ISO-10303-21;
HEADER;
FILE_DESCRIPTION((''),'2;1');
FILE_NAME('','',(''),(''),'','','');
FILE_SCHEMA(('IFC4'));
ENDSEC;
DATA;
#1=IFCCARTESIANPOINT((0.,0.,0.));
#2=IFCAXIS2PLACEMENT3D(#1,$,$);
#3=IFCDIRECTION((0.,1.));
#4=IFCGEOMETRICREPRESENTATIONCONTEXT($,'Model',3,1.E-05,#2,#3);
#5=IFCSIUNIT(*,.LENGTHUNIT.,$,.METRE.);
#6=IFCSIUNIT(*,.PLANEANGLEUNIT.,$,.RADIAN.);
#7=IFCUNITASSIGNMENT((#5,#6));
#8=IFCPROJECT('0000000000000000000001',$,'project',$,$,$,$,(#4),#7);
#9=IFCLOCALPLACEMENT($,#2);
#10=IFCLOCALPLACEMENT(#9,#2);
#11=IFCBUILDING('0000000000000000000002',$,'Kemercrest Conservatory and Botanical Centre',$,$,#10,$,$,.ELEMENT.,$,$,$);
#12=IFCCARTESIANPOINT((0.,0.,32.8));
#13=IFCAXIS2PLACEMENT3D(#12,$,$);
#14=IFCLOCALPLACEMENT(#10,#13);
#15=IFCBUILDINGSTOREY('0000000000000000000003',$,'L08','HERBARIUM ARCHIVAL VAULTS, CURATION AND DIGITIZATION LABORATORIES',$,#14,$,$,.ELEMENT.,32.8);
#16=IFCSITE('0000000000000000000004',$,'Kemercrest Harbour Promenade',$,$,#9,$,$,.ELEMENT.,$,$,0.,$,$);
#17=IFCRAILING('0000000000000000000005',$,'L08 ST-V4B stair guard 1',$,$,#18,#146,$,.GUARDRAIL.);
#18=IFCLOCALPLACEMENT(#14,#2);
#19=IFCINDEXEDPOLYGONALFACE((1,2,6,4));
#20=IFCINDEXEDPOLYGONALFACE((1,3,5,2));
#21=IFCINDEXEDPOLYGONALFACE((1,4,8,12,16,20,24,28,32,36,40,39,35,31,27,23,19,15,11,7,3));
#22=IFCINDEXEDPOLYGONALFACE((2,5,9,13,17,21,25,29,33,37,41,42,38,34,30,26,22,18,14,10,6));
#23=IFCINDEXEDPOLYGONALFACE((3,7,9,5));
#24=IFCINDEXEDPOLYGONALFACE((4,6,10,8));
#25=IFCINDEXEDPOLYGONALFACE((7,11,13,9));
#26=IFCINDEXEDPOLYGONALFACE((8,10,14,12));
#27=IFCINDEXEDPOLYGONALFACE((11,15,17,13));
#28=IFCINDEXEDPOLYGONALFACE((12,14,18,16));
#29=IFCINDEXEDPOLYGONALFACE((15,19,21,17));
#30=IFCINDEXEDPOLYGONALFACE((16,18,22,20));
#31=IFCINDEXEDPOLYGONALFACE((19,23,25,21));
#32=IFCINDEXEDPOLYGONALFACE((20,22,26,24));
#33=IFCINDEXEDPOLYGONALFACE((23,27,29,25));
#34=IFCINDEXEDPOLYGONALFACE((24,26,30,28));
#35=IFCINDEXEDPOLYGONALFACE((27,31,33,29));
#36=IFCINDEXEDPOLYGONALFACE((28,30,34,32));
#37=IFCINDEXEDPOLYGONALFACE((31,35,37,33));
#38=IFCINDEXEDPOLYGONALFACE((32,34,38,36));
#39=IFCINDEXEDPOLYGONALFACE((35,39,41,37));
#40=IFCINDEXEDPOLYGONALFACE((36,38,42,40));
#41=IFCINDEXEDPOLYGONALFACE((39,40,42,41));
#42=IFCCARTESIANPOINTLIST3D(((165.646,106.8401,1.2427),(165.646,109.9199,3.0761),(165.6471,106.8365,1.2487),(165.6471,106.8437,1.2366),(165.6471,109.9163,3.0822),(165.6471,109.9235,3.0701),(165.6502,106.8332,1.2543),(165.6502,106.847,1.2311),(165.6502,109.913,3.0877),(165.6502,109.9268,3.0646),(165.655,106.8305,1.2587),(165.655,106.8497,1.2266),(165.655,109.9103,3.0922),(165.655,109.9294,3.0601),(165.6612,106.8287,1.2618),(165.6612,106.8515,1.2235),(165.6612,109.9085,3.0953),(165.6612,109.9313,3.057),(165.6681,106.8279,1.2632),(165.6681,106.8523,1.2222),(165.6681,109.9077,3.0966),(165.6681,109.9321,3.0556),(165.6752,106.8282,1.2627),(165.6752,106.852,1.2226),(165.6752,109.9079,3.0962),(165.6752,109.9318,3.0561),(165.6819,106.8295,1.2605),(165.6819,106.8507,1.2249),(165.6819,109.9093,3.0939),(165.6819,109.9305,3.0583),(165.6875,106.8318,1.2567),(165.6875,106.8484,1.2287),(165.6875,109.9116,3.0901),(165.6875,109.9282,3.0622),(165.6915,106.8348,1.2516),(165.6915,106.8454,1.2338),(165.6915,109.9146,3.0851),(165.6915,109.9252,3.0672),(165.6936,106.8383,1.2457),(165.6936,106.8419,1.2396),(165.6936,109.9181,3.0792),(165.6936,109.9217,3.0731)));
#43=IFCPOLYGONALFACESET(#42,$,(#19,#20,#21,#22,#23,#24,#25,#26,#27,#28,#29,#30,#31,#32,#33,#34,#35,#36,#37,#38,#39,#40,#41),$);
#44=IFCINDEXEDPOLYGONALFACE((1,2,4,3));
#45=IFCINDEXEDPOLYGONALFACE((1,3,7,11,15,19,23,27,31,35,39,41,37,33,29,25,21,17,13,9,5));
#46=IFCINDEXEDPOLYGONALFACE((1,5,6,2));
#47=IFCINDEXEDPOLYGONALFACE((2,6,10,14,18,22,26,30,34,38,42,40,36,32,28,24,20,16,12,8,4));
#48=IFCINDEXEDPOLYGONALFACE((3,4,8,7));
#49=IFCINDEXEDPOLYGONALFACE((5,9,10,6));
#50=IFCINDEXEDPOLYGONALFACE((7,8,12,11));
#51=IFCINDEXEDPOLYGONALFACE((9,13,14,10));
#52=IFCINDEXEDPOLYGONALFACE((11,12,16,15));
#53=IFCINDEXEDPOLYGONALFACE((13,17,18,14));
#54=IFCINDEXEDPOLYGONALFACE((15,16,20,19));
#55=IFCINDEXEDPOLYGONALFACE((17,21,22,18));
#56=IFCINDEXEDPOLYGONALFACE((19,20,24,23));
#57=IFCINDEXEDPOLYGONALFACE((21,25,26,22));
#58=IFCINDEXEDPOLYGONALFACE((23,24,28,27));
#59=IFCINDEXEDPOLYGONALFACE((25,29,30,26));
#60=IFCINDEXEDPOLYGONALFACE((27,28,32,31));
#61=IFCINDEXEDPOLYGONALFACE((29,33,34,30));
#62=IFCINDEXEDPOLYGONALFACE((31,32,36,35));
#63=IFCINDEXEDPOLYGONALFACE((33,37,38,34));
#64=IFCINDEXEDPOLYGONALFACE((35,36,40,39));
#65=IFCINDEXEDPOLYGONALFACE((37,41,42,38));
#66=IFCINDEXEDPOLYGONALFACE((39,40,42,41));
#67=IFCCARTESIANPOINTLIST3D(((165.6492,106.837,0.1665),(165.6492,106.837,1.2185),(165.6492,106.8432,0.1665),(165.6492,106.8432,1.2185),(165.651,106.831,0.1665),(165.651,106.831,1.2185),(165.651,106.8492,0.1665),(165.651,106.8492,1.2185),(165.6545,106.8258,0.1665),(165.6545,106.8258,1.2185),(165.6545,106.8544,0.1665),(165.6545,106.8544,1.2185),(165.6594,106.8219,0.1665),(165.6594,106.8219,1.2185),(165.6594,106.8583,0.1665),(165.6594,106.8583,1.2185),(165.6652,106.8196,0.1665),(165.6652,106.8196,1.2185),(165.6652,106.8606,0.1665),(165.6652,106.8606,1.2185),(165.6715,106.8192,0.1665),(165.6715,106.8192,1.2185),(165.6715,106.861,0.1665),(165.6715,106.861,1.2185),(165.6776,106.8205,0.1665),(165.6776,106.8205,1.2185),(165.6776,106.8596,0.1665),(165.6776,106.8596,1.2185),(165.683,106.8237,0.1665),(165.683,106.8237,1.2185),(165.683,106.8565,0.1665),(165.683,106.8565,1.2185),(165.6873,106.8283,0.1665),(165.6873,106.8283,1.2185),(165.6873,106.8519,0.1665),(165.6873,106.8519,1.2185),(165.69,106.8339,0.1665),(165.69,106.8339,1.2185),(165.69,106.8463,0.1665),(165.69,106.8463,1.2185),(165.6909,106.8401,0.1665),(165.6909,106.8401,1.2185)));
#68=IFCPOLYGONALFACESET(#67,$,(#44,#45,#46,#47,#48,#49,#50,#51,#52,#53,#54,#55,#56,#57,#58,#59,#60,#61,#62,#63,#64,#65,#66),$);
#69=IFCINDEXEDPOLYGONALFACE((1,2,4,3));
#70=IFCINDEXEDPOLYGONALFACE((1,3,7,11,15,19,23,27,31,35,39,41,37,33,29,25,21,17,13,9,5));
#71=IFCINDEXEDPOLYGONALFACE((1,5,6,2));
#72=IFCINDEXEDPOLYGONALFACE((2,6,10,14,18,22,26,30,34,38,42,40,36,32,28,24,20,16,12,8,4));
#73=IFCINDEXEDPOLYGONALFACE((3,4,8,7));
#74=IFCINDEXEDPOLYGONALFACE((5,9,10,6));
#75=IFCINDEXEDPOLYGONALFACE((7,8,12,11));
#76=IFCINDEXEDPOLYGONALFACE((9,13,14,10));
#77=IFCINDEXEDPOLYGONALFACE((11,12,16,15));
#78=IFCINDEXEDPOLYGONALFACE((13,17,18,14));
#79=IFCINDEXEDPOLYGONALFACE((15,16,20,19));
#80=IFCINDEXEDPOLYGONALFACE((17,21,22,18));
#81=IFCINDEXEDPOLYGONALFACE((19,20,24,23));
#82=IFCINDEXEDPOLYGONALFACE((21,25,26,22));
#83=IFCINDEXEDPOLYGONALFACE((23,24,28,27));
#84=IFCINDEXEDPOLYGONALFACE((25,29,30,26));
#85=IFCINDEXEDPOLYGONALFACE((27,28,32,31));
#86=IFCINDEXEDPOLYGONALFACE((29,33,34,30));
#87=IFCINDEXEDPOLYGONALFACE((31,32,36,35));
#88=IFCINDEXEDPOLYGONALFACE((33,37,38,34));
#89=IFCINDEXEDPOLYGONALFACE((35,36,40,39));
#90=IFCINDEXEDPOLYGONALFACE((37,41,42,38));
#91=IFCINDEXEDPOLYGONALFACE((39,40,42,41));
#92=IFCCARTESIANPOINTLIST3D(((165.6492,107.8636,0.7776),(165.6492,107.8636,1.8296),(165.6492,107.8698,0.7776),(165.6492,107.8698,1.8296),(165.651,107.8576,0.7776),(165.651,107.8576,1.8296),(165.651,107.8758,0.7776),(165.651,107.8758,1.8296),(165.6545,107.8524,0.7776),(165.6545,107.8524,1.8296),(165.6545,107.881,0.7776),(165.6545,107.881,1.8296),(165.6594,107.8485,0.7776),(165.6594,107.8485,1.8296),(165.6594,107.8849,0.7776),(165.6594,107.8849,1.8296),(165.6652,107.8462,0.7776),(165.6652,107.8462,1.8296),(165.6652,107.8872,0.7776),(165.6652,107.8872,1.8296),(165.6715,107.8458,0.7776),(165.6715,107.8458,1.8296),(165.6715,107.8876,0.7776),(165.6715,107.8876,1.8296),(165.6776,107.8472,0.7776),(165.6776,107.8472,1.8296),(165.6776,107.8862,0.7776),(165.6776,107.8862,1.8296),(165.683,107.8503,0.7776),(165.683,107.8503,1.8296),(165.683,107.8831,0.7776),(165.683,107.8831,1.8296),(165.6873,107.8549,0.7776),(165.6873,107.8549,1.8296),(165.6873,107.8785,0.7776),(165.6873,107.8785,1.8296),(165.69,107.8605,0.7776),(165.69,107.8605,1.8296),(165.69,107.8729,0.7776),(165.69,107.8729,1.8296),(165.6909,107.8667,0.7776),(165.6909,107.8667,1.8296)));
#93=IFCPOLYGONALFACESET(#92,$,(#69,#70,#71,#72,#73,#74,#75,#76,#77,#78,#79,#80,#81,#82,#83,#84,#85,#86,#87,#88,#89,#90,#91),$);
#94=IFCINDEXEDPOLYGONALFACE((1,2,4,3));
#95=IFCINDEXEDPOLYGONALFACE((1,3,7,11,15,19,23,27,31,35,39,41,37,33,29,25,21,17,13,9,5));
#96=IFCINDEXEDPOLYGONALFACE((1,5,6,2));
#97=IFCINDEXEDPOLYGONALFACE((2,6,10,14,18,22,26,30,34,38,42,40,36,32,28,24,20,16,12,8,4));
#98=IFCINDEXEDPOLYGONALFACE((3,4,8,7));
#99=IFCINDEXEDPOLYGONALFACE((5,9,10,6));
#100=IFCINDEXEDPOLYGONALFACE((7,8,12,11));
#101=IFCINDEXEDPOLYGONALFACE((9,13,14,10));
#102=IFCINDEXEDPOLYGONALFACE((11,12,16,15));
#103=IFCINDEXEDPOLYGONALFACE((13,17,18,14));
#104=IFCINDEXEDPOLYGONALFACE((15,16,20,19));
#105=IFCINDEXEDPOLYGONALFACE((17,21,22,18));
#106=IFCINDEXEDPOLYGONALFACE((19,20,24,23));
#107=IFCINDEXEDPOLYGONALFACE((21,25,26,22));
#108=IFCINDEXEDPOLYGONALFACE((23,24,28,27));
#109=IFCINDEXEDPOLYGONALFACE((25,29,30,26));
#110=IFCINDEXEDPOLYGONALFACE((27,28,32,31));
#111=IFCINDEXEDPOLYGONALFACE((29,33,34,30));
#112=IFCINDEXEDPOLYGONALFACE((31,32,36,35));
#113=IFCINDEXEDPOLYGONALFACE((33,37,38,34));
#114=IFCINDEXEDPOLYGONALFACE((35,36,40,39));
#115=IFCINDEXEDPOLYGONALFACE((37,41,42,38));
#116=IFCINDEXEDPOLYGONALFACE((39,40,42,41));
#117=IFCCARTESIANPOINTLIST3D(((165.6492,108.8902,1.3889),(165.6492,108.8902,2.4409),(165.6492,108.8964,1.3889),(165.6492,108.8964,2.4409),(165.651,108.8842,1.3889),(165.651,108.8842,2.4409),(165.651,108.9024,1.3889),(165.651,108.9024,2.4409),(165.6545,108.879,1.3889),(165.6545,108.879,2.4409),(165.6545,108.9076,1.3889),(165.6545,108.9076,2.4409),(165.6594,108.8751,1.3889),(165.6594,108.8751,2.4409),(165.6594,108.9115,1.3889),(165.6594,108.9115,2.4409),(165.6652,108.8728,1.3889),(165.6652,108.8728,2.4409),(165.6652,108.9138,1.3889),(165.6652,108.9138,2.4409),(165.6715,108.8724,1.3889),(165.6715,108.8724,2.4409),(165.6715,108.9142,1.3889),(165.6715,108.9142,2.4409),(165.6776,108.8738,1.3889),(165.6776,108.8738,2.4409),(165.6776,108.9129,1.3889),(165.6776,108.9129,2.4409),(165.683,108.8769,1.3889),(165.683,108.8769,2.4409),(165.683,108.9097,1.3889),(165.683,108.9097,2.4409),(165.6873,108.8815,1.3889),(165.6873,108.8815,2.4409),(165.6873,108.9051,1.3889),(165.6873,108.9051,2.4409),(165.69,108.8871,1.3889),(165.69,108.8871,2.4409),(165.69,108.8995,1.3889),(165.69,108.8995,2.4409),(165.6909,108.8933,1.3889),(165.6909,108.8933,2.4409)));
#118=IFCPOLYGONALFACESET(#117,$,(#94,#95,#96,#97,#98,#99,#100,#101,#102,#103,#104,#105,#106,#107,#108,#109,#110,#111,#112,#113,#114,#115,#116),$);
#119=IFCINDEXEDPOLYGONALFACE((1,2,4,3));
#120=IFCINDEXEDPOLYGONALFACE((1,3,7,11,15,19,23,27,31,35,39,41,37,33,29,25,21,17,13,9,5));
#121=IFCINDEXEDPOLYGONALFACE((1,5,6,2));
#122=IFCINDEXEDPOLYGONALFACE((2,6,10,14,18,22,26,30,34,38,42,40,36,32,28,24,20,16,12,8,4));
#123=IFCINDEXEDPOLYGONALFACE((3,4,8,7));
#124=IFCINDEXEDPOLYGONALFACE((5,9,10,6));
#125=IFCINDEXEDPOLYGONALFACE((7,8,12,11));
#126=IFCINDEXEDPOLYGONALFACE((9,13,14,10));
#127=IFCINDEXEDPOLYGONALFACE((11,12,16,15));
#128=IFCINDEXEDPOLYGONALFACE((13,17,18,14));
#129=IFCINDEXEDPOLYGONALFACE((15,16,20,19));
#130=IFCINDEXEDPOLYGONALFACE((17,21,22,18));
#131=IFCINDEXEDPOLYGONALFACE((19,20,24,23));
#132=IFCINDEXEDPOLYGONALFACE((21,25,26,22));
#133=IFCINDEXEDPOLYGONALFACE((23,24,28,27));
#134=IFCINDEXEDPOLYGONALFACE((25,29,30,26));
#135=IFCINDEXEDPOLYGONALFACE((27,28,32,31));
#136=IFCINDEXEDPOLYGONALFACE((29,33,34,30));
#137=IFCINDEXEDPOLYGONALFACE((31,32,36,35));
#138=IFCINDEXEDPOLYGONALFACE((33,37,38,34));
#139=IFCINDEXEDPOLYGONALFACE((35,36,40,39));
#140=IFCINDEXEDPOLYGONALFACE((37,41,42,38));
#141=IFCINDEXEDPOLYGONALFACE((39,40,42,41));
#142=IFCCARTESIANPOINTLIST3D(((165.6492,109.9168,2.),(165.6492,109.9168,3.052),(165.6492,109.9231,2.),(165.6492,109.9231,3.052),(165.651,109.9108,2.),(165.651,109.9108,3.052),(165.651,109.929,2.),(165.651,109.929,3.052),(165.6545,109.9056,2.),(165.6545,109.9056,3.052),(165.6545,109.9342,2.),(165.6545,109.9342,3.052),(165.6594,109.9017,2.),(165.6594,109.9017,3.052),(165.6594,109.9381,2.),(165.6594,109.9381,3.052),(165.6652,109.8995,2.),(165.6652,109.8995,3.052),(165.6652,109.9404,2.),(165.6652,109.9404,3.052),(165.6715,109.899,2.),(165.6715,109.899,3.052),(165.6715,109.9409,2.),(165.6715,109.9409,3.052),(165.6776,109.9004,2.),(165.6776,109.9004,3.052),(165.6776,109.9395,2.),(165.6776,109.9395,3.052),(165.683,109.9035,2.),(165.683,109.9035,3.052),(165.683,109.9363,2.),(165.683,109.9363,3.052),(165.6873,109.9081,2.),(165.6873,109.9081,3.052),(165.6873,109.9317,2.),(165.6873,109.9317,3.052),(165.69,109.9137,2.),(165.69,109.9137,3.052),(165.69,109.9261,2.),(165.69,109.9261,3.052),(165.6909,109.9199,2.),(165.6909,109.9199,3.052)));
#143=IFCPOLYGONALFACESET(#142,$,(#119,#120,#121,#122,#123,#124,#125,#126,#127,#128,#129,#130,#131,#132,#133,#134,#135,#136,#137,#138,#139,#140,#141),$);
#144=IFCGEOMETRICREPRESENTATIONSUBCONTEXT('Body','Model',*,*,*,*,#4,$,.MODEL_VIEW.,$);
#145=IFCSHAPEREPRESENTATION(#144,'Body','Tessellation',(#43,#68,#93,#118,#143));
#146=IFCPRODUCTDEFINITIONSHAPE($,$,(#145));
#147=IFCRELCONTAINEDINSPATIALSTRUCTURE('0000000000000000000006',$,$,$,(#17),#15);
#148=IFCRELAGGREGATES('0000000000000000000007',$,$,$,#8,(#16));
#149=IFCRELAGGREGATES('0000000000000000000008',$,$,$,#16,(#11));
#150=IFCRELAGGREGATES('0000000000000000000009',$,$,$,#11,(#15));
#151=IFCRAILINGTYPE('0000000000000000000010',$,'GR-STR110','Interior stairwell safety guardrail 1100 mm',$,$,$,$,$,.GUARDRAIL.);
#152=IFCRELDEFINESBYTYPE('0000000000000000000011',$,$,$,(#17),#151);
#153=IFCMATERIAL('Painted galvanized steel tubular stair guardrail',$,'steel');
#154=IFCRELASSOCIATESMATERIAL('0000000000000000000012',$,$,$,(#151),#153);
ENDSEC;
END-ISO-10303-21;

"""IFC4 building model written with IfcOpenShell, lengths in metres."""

from ifc_helpers import new_model, si_unit, direction, frame, origin, origin_2d, place, context, subcontext, project, spatial, circle, extrude, material, type_object, element, save


model = new_model("IFC4")

# Units and contexts
model_context = context("Model", 3, precision=1e-05, world=origin(), true_north=direction((0.0, 1.0)))
body_context = subcontext(model_context, "Body", "Model", "MODEL_VIEW")
ifc_project = project(units=[si_unit("LENGTHUNIT", "METRE"), si_unit("PLANEANGLEUNIT", "RADIAN")], contexts=[model_context])

# Site, building, storey
site_placement = place(None, origin())
site = spatial("IfcSite", under=ifc_project, at=site_placement, Name="Kemercrest Harbour Promenade", CompositionType="ELEMENT", RefElevation=0.0)
building_placement = place(site_placement, origin())
building = spatial("IfcBuilding", under=site, at=building_placement, Name="Kemercrest Conservatory and Botanical Centre", CompositionType="ELEMENT")
storey_placement = place(building_placement, frame((0.0, 0.0, 32.8)))
storey = spatial("IfcBuildingStorey", under=building, at=storey_placement, Name="L08", Description="HERBARIUM ARCHIVAL VAULTS, CURATION AND DIGITIZATION LABORATORIES", CompositionType="ELEMENT", Elevation=32.8)

# Railing
ifc_material_1 = material(Name="Painted galvanized steel tubular stair guardrail", Category="steel")
railing_type_1 = type_object("IfcRailingType", Name="GR-STR110", Description="Interior stairwell safety guardrail 1100 mm", PredefinedType="GUARDRAIL", material=ifc_material_1)
railing_1_placement = place(storey_placement, frame((165.6699, 106.8401, 0.1665)))
element("IfcRailing", 1, at=railing_1_placement, inside=storey, type_object=railing_type_1, Name="L08 ST-V4B stair guard 1", PredefinedType="GUARDRAIL", context=body_context, shape_type="SweptSolid", body=[
    extrude(circle(Radius=0.0239, at=origin_2d()), frame((0.0, 0.0, 1.0762), z_axis=(0.0, 0.859261, 0.511538), x_axis=(-1.0, 0.0, 0.0)), (0.0, 0.0, 1.0), 3.5842),
    extrude(circle(Radius=0.021, at=origin_2d()), origin(), (0.0, 0.0, 1.0), 1.052),
    extrude(circle(Radius=0.021, at=origin_2d()), frame((0.0, 1.0266, 0.6111)), (0.0, 0.0, 1.0), 1.052),
    extrude(circle(Radius=0.021, at=origin_2d()), frame((0.0, 2.0532, 1.2224)), (0.0, 0.0, 1.0), 1.052),
    extrude(circle(Radius=0.021, at=origin_2d()), frame((0.0, 3.0798, 1.8335)), (0.0, 0.0, 1.0), 1.052),
])

save(model, "model.ifc")
